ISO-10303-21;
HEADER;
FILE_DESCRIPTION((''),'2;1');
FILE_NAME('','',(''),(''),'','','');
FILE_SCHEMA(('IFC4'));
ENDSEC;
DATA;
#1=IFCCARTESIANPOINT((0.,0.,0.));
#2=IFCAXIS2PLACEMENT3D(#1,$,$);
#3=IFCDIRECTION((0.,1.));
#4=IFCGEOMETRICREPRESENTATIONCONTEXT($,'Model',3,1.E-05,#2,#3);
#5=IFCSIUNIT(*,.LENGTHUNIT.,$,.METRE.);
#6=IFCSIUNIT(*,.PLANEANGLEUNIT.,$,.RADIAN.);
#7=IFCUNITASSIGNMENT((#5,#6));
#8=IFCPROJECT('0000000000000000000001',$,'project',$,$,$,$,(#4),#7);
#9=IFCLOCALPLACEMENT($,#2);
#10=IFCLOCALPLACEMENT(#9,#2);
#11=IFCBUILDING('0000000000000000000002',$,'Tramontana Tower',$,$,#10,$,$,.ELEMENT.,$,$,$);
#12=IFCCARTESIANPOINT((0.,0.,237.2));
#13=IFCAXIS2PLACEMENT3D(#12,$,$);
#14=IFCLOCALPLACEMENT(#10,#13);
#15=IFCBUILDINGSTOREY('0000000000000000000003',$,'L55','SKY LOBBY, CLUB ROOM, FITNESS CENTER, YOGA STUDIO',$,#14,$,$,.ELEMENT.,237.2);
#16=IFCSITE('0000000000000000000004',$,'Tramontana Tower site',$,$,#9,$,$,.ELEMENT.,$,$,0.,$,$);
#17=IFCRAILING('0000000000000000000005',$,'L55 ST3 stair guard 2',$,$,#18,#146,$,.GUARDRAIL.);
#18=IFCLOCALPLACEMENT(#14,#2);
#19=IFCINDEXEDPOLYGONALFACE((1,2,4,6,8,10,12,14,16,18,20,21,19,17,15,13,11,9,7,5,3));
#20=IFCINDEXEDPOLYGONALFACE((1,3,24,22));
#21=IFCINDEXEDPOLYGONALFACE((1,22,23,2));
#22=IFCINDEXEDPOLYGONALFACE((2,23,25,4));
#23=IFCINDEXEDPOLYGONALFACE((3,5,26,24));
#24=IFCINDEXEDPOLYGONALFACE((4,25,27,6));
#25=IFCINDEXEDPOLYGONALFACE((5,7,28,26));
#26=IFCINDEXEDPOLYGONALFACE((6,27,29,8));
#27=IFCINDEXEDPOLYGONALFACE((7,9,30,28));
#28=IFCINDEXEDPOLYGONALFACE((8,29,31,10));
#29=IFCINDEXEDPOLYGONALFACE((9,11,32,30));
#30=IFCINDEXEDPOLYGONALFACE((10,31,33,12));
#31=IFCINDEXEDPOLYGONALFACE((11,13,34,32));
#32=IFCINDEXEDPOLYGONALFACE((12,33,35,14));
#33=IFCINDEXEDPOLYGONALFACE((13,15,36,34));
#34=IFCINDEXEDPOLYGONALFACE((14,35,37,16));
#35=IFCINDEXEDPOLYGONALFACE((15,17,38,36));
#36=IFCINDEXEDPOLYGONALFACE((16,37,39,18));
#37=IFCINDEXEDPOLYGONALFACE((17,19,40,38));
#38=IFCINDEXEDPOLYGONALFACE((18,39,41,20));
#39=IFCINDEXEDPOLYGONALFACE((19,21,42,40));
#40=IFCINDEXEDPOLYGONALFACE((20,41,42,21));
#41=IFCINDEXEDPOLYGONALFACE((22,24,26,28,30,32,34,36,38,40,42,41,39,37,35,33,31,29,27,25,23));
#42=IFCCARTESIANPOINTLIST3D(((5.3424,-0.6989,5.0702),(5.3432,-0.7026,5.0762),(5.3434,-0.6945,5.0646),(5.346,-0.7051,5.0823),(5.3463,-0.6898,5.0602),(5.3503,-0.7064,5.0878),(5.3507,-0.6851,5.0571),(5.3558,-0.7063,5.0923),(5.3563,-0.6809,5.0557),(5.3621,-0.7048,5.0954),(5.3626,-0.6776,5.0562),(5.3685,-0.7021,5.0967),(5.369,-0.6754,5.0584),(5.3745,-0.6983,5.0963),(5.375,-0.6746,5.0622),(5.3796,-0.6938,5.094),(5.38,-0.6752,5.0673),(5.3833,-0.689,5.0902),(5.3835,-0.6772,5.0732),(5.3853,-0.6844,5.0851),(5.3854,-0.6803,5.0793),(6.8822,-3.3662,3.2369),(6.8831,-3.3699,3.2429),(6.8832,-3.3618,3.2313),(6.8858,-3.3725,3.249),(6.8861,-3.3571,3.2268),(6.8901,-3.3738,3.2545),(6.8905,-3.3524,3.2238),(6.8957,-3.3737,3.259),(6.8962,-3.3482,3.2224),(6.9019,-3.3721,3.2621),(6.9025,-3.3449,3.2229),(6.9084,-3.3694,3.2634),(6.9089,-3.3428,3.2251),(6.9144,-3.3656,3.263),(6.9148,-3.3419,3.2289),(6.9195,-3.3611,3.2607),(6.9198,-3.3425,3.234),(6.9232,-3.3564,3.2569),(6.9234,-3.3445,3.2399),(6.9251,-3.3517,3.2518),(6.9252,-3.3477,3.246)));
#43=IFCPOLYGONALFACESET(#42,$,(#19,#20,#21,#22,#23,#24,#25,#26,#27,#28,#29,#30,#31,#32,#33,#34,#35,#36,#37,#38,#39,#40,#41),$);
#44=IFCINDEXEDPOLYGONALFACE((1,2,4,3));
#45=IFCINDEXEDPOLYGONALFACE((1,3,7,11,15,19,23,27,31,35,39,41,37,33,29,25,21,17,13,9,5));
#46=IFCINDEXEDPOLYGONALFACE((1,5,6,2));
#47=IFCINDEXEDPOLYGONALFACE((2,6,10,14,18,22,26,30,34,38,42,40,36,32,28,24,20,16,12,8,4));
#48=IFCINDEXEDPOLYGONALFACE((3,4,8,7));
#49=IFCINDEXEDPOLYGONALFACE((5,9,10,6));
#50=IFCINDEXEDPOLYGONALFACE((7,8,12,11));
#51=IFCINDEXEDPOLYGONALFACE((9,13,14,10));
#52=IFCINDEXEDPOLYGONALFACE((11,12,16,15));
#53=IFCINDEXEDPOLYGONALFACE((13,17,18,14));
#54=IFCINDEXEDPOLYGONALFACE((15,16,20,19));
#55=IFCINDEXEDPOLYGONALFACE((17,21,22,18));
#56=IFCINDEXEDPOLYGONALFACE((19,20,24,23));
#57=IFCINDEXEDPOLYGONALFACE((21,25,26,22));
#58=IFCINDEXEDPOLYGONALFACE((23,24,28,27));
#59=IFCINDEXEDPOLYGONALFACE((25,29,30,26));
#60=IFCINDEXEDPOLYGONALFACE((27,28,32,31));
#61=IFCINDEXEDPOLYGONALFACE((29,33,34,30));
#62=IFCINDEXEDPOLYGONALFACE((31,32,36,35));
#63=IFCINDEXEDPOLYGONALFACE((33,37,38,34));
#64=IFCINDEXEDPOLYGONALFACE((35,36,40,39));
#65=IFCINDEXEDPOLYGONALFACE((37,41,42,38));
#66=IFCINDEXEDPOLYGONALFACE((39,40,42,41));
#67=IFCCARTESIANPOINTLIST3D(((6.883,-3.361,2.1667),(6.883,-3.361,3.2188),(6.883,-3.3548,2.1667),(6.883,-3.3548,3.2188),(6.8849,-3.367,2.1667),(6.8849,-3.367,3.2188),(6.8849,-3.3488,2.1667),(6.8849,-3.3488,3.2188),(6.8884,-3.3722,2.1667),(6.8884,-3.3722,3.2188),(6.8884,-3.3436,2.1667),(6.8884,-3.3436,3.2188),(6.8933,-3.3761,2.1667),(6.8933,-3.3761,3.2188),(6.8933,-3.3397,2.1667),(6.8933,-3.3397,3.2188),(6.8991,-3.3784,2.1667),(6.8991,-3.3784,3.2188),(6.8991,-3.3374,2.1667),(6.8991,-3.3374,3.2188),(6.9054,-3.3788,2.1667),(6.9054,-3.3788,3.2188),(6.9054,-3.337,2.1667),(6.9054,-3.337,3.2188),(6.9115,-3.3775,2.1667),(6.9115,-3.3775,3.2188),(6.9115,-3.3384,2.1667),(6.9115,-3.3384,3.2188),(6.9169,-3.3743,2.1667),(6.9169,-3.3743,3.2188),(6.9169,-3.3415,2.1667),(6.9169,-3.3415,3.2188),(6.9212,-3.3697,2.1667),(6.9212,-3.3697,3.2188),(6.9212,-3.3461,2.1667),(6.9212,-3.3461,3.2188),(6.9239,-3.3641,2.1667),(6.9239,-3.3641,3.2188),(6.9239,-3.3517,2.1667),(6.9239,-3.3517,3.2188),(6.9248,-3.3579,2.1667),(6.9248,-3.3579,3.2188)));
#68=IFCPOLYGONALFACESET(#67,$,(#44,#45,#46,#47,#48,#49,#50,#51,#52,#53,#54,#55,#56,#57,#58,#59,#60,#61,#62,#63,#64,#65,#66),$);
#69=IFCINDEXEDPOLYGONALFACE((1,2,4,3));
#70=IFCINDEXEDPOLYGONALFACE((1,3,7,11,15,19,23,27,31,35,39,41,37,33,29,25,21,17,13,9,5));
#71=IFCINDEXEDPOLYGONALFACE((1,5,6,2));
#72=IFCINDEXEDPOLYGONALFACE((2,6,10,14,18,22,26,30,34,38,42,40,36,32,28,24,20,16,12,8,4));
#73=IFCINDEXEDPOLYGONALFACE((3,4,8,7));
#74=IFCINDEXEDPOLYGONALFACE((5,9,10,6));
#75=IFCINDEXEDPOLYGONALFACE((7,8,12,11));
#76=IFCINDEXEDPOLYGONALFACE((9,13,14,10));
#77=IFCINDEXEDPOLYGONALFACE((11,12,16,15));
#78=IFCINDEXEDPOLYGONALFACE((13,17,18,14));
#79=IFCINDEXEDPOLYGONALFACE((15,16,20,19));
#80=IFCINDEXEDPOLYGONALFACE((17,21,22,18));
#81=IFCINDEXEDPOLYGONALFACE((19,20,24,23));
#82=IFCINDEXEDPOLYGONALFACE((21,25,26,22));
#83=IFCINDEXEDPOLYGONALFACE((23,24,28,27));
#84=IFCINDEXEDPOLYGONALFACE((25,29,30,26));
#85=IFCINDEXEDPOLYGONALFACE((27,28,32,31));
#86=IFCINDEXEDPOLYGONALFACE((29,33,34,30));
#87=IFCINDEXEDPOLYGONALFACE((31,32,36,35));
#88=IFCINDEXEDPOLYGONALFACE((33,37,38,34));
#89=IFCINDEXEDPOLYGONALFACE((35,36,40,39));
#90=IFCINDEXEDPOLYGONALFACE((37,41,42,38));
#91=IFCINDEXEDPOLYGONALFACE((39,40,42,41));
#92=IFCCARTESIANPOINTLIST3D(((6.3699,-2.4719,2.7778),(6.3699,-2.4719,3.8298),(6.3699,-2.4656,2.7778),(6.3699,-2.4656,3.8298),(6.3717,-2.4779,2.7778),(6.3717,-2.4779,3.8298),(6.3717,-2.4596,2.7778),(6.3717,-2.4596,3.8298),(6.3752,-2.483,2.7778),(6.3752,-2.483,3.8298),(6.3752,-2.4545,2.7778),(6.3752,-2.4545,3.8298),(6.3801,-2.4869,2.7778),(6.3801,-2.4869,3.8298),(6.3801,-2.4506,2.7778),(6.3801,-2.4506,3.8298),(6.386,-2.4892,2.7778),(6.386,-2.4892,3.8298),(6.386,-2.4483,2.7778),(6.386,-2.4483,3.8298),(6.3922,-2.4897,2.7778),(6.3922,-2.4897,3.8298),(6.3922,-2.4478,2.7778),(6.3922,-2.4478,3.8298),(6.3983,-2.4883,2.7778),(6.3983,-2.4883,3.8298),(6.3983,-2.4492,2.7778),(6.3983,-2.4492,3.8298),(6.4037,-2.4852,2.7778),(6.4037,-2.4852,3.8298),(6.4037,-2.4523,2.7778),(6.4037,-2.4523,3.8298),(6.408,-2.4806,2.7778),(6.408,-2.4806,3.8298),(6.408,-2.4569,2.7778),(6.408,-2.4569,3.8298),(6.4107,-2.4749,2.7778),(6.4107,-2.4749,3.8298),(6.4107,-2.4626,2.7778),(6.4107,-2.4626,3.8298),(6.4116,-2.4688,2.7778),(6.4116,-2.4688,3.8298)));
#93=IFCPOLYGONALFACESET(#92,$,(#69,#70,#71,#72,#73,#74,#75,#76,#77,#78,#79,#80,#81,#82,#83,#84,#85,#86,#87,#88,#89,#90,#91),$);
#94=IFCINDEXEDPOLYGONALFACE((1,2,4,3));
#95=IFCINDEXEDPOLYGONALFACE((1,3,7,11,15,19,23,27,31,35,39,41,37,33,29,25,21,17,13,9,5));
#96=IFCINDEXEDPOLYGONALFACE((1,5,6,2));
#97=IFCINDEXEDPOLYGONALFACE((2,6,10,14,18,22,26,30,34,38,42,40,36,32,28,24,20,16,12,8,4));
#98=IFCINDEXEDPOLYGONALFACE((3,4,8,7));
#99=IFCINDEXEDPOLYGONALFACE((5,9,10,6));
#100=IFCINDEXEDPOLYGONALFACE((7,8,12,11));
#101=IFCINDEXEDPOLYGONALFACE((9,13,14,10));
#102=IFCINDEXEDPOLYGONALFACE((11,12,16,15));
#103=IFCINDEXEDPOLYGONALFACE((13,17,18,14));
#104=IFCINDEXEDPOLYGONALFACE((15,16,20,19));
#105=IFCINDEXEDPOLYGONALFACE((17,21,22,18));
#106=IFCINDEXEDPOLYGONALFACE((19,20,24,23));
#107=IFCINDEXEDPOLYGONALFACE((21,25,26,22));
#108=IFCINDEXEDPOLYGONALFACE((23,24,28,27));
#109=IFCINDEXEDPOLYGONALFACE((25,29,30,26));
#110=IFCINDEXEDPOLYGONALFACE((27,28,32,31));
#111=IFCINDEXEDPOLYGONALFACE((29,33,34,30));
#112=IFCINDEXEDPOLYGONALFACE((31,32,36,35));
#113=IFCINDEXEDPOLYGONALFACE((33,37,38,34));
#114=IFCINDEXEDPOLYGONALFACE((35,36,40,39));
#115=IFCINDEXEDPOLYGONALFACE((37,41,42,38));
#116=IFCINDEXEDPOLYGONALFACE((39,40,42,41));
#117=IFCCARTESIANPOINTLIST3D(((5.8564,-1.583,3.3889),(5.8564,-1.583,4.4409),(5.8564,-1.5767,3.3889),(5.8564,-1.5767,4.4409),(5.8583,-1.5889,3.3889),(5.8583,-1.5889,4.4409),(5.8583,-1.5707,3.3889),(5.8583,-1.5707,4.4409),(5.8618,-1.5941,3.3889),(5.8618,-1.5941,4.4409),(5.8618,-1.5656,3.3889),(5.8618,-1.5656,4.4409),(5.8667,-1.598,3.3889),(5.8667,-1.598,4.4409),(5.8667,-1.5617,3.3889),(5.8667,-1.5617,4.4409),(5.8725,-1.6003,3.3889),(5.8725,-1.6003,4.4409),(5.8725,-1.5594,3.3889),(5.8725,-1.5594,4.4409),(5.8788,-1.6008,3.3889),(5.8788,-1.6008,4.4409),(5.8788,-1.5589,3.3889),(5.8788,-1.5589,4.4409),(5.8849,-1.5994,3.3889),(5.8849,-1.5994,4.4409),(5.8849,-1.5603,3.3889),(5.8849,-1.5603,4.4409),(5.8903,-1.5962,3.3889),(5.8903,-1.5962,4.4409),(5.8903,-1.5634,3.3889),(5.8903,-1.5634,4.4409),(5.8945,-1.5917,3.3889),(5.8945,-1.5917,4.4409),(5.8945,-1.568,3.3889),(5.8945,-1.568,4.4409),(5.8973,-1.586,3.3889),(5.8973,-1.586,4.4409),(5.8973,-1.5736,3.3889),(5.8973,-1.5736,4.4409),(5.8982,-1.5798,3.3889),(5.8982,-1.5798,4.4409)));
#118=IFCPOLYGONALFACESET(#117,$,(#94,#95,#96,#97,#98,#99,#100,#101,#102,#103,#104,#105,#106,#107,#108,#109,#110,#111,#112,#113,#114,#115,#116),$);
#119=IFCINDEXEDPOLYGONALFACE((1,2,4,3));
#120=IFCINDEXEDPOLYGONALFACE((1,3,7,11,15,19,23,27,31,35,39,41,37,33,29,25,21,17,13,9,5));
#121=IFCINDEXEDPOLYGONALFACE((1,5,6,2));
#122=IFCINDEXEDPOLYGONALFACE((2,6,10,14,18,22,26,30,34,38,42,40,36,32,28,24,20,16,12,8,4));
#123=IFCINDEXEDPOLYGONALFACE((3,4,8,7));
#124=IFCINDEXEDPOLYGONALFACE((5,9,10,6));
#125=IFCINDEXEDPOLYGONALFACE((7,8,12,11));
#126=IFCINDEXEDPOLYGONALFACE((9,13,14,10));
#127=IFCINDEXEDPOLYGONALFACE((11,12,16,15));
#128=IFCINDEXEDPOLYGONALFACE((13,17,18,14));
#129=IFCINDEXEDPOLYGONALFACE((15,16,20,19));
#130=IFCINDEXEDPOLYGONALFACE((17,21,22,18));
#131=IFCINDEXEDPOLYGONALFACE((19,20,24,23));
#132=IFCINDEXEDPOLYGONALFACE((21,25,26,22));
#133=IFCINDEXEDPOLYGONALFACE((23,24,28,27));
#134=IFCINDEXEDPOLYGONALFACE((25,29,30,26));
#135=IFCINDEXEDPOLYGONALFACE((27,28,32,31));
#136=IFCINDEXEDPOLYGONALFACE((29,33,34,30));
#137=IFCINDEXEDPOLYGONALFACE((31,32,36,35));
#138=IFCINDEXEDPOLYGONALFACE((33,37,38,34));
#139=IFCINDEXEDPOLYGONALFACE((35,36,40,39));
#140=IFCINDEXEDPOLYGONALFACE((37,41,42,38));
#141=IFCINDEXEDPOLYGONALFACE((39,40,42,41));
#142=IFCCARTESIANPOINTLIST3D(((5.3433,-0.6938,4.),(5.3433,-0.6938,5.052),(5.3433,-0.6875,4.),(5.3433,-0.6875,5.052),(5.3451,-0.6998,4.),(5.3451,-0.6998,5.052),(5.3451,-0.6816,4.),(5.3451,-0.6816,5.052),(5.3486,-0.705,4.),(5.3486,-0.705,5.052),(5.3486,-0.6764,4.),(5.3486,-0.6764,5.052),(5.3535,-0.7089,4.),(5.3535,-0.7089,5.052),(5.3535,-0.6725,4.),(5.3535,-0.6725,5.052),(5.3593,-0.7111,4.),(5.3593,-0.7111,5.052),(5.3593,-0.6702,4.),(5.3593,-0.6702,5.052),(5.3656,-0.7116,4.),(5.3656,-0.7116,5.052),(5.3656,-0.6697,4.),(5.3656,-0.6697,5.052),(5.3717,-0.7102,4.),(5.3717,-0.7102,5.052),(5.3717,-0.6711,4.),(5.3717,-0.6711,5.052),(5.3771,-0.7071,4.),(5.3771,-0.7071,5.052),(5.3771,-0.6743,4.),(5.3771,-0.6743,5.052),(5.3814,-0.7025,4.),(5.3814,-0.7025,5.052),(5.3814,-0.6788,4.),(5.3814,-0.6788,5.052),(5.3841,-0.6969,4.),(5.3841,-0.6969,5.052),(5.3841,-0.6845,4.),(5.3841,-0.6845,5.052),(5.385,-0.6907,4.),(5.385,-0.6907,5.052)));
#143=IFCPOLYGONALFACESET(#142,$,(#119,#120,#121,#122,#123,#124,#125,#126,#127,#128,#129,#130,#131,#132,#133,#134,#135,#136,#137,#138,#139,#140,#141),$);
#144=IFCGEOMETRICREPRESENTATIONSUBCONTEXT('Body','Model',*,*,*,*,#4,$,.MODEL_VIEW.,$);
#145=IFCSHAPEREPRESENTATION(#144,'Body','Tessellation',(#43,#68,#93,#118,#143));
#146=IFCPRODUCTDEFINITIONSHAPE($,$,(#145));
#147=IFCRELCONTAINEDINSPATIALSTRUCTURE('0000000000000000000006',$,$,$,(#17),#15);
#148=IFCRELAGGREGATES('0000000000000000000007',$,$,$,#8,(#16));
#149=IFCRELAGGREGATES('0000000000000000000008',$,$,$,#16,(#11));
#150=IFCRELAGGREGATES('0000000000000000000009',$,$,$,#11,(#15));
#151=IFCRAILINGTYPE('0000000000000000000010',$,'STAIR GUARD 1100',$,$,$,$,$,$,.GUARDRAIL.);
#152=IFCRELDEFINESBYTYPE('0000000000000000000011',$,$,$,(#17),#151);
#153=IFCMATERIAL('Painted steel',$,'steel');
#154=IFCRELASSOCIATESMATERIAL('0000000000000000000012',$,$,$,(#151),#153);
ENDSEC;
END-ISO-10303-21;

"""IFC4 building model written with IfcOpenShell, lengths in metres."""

from ifc_helpers import new_model, si_unit, direction, frame, origin, origin_2d, place, context, subcontext, project, spatial, circle, extrude, material, type_object, element, save


model = new_model("IFC4")

# Units and contexts
model_context = context("Model", 3, precision=1e-05, world=origin(), true_north=direction((0.0, 1.0)))
body_context = subcontext(model_context, "Body", "Model", "MODEL_VIEW")
ifc_project = project(units=[si_unit("LENGTHUNIT", "METRE"), si_unit("PLANEANGLEUNIT", "RADIAN")], contexts=[model_context])

# Site, building, storey
site_placement = place(None, origin())
site = spatial("IfcSite", under=ifc_project, at=site_placement, Name="Tramontana Tower site", CompositionType="ELEMENT", RefElevation=0.0)
building_placement = place(site_placement, origin())
building = spatial("IfcBuilding", under=site, at=building_placement, Name="Tramontana Tower", CompositionType="ELEMENT")
storey_placement = place(building_placement, frame((0.0, 0.0, 237.2)))
storey = spatial("IfcBuildingStorey", under=building, at=storey_placement, Name="L55", Description="SKY LOBBY, CLUB ROOM, FITNESS CENTER, YOGA STUDIO", CompositionType="ELEMENT", Elevation=237.2)

# Railing
ifc_material_1 = material(Name="Painted steel", Category="steel")
railing_type_1 = type_object("IfcRailingType", Name="STAIR GUARD 1100", PredefinedType="GUARDRAIL", material=ifc_material_1)
railing_1_placement = place(storey_placement, frame((6.9038, -3.3579, 2.1667)))
element("IfcRailing", 1, at=railing_1_placement, inside=storey, type_object=railing_type_1, Name="L55 ST3 stair guard 2", PredefinedType="GUARDRAIL", context=body_context, shape_type="SweptSolid", body=[
    extrude(circle(Radius=0.0239, at=origin_2d()), frame((0.0, 0.0, 1.0762), z_axis=(-0.429616, 0.744181, 0.511493), x_axis=(-0.866044, -0.499967, 0.0)), (0.0, 0.0, 1.0), 3.5842),
    extrude(circle(Radius=0.021, at=origin_2d()), origin(), (0.0, 0.0, 1.0), 1.052),
    extrude(circle(Radius=0.021, at=origin_2d()), frame((-0.5132, 0.8892, 0.6111)), (0.0, 0.0, 1.0), 1.052),
    extrude(circle(Radius=0.021, at=origin_2d()), frame((-1.0266, 1.7781, 1.2222)), (0.0, 0.0, 1.0), 1.052),
    extrude(circle(Radius=0.021, at=origin_2d()), frame((-1.5398, 2.6672, 1.8333)), (0.0, 0.0, 1.0), 1.052),
])

save(model, "model.ifc")
